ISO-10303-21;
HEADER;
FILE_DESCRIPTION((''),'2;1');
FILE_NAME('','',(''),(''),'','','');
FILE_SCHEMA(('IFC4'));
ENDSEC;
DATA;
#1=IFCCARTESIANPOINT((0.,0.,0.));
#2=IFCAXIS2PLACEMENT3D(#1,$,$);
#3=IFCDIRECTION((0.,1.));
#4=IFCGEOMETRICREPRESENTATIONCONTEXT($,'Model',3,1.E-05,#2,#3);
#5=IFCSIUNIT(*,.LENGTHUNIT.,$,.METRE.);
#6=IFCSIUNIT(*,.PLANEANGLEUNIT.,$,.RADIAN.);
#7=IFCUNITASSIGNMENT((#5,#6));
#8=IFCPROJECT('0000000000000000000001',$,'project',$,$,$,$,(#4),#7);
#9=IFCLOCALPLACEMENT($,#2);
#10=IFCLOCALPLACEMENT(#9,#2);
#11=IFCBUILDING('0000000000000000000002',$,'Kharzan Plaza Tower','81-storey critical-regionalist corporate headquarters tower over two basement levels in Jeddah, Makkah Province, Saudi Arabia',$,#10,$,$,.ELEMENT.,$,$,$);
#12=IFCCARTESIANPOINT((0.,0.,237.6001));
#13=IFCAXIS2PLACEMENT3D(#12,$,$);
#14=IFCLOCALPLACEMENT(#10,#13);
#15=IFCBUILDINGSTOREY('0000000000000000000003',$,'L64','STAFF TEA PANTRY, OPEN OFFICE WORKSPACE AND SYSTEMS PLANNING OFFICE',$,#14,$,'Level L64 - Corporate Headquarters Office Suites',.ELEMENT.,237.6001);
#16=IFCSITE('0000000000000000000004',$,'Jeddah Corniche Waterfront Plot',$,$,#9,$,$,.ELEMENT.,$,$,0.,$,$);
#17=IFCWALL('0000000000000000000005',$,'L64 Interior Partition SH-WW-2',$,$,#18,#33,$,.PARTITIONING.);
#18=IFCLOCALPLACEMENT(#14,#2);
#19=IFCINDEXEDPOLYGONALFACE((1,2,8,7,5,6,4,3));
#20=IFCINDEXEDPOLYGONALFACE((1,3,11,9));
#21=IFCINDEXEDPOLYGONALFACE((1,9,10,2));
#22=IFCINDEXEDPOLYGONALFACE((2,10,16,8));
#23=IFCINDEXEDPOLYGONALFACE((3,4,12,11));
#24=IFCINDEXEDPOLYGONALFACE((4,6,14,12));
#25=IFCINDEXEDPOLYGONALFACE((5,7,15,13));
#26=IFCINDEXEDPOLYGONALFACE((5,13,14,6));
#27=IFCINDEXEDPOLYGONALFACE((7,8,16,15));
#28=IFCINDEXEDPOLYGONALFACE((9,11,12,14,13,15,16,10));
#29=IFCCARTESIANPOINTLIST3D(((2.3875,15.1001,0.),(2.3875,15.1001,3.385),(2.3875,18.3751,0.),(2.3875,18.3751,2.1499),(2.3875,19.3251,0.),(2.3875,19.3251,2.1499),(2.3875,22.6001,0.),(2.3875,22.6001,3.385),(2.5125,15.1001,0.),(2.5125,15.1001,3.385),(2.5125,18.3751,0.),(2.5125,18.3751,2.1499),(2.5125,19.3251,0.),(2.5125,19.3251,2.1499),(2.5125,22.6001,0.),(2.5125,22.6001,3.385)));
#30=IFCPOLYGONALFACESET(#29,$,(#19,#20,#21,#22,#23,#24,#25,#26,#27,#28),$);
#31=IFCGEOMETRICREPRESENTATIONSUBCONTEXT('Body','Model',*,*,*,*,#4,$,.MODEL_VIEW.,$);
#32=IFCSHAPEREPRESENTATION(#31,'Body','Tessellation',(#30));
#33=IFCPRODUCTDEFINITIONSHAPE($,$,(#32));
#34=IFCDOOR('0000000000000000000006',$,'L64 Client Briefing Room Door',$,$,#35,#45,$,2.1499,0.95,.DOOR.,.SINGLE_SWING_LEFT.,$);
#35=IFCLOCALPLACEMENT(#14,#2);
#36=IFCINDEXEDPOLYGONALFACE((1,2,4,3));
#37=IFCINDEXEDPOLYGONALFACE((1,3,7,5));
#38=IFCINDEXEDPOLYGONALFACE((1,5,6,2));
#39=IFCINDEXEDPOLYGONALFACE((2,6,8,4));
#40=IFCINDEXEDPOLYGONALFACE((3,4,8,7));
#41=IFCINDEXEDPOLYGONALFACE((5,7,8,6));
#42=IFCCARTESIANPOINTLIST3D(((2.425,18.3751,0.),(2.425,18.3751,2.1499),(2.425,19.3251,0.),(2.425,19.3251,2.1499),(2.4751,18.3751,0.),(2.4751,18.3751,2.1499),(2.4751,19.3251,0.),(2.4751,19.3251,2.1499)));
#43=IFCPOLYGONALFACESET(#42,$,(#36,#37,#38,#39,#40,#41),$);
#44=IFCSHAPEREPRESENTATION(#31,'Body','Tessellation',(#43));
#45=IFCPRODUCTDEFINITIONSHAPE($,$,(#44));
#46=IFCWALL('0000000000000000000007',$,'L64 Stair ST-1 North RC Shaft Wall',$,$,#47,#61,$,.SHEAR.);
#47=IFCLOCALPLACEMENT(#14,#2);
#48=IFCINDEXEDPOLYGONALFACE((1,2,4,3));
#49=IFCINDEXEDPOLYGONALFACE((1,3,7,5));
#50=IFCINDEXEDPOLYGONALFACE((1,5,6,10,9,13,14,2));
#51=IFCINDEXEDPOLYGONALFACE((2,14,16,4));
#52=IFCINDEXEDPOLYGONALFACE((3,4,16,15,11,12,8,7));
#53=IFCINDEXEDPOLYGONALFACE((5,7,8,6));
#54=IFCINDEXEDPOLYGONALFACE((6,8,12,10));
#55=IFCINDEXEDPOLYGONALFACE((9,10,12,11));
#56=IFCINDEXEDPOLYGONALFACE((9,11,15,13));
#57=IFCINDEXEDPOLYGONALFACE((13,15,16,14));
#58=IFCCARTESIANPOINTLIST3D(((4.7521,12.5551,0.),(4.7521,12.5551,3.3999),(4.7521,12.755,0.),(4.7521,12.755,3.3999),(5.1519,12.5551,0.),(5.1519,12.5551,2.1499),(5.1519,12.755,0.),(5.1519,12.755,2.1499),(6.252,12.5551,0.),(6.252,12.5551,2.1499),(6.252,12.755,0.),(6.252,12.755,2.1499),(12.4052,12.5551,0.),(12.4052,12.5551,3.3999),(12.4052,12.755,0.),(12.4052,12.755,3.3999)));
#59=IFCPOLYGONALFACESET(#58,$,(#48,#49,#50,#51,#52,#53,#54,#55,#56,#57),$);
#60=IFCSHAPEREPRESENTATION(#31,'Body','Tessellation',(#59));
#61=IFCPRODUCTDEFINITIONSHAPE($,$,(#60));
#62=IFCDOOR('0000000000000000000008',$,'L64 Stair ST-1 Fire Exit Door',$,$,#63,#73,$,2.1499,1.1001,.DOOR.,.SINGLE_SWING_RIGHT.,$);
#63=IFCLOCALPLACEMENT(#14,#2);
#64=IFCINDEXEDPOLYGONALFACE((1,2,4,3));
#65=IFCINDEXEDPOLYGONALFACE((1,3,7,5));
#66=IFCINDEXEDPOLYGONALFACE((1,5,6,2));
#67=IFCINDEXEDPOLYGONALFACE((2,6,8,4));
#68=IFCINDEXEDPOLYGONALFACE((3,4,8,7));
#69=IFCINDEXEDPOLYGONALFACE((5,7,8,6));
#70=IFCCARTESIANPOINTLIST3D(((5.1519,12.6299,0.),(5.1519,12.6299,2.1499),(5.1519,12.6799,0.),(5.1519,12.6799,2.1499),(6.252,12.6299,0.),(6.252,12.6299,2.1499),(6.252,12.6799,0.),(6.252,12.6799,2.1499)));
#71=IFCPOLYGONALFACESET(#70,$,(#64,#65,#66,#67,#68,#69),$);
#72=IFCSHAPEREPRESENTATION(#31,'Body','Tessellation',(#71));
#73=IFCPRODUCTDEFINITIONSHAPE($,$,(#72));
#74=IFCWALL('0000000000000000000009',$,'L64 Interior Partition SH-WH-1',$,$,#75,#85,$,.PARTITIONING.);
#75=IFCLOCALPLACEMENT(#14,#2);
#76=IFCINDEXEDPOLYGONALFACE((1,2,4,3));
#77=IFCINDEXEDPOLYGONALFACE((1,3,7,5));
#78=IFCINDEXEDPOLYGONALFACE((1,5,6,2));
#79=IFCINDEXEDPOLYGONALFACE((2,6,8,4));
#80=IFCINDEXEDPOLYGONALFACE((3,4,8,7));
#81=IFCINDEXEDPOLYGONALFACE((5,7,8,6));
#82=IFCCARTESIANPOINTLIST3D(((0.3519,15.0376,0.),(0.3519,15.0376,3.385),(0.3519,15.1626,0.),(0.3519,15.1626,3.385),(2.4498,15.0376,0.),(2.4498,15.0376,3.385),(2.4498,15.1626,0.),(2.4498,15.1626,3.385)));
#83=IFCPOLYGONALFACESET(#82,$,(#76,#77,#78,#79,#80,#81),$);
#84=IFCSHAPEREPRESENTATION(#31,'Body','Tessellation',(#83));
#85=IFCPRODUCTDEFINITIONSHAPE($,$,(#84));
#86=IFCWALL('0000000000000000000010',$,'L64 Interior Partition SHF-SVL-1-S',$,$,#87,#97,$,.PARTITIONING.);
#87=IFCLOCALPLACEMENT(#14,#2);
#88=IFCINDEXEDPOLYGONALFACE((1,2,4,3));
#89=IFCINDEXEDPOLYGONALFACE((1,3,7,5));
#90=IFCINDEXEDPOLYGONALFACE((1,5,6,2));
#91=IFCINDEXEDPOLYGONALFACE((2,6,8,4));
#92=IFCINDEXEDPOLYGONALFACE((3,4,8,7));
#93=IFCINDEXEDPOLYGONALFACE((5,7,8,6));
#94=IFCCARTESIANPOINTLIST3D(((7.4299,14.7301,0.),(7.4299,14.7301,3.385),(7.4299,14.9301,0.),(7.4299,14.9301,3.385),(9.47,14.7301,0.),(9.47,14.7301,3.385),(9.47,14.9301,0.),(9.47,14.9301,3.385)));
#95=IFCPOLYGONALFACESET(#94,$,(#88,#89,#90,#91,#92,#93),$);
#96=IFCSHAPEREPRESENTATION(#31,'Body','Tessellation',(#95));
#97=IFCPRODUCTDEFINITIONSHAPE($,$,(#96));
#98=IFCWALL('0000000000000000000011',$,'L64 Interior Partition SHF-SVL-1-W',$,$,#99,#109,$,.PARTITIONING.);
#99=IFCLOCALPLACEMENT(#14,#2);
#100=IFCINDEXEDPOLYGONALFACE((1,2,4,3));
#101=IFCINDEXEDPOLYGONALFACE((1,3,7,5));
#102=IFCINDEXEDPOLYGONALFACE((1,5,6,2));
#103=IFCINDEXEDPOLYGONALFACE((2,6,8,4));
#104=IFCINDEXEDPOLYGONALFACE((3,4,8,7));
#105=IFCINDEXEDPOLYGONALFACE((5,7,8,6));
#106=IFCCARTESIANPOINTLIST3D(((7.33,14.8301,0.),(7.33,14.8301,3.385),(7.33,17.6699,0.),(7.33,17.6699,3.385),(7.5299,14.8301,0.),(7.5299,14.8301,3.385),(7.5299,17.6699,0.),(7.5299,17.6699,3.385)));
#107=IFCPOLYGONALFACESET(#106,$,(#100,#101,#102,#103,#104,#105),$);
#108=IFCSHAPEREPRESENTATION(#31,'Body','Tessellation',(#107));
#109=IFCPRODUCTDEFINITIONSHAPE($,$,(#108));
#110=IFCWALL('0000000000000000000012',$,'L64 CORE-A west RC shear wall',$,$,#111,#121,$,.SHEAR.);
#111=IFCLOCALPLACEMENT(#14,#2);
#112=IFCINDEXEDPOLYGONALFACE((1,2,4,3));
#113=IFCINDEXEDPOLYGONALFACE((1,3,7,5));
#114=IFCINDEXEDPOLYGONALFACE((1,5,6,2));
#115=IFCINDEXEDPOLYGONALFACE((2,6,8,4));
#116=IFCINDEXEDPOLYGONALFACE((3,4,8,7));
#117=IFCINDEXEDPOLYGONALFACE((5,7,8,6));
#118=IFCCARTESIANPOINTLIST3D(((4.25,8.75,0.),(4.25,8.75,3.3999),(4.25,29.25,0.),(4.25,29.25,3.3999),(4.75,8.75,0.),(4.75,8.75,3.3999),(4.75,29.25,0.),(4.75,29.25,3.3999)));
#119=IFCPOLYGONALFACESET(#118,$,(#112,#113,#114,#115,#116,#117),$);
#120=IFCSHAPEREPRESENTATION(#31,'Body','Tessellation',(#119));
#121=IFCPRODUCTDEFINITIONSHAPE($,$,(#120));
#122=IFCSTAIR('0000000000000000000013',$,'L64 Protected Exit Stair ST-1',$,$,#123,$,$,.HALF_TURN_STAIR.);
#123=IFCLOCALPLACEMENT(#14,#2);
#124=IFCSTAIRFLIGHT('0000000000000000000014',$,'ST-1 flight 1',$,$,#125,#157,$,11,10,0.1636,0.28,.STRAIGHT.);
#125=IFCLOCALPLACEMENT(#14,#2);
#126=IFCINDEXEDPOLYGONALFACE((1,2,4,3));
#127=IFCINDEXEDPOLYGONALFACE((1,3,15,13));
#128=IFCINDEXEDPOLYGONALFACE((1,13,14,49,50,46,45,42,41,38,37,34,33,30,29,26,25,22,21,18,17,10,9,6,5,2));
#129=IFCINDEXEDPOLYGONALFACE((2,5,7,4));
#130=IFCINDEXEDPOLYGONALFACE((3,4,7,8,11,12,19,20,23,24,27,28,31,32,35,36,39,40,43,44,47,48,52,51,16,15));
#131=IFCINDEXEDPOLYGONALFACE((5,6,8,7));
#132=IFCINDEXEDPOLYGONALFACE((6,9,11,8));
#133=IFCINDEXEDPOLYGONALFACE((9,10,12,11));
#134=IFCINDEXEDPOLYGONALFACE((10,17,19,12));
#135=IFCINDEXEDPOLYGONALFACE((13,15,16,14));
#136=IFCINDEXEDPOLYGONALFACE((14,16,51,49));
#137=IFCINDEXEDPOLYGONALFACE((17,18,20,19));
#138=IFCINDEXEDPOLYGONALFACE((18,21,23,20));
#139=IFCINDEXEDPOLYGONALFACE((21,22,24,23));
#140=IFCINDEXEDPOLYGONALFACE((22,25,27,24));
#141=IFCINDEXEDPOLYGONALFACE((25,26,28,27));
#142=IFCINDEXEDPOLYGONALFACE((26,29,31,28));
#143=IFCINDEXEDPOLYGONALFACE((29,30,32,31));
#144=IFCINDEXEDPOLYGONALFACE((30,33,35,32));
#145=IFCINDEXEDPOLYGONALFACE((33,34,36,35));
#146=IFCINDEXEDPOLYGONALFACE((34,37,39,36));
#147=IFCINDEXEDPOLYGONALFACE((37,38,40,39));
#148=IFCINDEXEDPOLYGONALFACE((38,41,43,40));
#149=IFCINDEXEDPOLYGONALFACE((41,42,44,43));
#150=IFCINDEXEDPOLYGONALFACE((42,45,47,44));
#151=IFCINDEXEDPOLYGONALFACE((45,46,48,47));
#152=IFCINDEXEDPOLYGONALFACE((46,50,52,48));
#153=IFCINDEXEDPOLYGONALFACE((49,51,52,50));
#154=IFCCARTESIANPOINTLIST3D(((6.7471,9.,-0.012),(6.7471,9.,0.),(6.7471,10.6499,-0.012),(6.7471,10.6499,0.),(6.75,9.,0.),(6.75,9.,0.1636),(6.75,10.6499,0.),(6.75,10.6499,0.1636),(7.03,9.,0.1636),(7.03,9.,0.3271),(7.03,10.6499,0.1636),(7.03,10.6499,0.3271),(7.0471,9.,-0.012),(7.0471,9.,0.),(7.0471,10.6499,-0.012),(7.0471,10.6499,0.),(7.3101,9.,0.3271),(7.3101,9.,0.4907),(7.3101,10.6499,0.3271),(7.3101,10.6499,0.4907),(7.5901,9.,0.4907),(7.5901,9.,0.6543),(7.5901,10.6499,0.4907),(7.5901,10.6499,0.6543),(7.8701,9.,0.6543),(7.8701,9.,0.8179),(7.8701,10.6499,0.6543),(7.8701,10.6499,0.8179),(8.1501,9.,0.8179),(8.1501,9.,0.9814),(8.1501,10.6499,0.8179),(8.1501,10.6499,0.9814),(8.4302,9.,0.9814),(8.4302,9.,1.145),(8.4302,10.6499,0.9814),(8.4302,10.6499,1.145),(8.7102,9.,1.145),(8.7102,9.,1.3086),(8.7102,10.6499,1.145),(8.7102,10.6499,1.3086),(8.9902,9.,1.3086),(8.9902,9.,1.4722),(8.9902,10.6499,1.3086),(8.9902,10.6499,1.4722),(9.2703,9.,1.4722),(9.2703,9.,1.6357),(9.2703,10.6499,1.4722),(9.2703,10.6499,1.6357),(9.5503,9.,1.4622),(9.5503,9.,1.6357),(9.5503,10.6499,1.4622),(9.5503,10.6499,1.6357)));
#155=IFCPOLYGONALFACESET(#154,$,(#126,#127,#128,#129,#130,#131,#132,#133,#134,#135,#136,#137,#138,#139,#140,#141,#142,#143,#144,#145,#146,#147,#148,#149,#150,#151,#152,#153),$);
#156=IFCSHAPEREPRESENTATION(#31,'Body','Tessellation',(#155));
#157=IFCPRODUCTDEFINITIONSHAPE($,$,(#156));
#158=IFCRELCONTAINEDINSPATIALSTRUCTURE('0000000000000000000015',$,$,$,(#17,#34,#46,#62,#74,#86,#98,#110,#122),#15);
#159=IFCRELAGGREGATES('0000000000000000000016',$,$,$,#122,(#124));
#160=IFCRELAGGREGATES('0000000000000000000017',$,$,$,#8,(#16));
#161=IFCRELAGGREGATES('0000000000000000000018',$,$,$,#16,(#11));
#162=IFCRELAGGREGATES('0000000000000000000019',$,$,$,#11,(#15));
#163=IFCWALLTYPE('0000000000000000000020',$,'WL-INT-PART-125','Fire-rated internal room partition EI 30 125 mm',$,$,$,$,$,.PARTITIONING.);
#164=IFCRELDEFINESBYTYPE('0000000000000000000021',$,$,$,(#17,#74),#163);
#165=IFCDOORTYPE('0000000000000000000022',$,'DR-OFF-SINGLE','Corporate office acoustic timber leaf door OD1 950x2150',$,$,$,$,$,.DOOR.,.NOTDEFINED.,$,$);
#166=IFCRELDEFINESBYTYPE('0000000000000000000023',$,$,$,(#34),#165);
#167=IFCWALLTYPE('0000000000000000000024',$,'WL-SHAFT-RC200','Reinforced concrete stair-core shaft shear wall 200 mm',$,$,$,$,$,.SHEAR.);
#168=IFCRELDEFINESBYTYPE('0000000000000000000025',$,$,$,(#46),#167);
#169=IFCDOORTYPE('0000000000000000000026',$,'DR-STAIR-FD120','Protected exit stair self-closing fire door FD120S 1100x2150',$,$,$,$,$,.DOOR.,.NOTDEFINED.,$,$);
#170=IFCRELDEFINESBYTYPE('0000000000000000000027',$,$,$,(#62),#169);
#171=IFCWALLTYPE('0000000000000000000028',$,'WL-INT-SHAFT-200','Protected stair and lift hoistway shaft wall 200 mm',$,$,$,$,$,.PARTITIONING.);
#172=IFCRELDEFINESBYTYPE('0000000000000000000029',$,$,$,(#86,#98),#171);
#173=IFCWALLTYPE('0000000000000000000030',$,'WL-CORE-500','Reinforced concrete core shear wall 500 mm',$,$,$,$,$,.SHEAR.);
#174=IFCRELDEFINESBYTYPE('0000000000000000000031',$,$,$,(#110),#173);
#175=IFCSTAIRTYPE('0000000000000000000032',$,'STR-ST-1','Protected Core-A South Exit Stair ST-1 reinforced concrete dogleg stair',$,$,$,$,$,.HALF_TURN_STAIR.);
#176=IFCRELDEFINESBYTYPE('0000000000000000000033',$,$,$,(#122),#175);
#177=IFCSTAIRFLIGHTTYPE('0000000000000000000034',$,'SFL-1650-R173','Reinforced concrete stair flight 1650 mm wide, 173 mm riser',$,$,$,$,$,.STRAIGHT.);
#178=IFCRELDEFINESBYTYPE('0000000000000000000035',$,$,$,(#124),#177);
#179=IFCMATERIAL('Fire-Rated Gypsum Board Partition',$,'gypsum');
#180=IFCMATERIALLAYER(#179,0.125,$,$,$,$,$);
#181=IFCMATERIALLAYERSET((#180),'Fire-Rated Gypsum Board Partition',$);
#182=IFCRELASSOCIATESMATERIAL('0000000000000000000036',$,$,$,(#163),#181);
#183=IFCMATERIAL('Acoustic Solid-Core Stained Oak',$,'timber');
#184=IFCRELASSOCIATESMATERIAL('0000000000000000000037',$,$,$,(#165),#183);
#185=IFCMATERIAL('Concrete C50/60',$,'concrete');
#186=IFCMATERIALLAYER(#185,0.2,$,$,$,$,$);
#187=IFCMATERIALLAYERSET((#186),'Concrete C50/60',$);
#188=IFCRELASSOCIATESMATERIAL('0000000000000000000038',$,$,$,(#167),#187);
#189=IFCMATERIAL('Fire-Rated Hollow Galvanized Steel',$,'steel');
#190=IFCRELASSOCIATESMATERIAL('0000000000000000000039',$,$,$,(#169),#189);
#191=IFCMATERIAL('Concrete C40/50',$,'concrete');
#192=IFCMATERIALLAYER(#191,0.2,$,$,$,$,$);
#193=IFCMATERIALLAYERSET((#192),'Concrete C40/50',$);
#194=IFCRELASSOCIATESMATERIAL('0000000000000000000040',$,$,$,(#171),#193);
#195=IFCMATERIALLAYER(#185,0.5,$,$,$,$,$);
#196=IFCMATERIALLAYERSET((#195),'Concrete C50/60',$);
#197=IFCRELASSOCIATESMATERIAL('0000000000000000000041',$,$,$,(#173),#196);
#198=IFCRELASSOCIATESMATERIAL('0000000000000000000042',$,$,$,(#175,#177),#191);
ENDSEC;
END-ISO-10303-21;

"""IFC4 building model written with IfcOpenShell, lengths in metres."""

from ifc_helpers import new_model, si_unit, direction, frame, frame_2d, origin, place, context, subcontext, project, spatial, polyline, rectangle, outline, extrude, source, transform, mapped, material, layer, layer_set, type_object, element, fill, aggregate, save


model = new_model("IFC4")

# Units and contexts
model_context = context("Model", 3, precision=1e-05, world=origin(), true_north=direction((0.0, 1.0)))
body_context = subcontext(model_context, "Body", "Model", "MODEL_VIEW")
ifc_project = project(units=[si_unit("LENGTHUNIT", "METRE"), si_unit("PLANEANGLEUNIT", "RADIAN")], contexts=[model_context])

# Site, building, storey
site_placement = place(None, origin())
site = spatial("IfcSite", under=ifc_project, at=site_placement, Name="Jeddah Corniche Waterfront Plot", CompositionType="ELEMENT", RefElevation=0.0)
building_placement = place(site_placement, origin())
building = spatial("IfcBuilding", under=site, at=building_placement, Name="Kharzan Plaza Tower", Description="81-storey critical-regionalist corporate headquarters tower over two basement levels in Jeddah, Makkah Province, Saudi Arabia", CompositionType="ELEMENT")
storey_placement = place(building_placement, frame((0.0, 0.0, 237.6001)))
storey = spatial("IfcBuildingStorey", under=building, at=storey_placement, Name="L64", Description="STAFF TEA PANTRY, OPEN OFFICE WORKSPACE AND SYSTEMS PLANNING OFFICE", LongName="Level L64 - Corporate Headquarters Office Suites", CompositionType="ELEMENT", Elevation=237.6001)

# Shared definitions
ifc_material_1 = material(Name="Concrete C50/60", Category="concrete")

# Shared definitions
ifc_material_2 = material(Name="Concrete C40/50", Category="concrete")

# Walls, openings, doors
ifc_material_3 = material(Name="Fire-Rated Gypsum Board Partition", Category="gypsum")
ifc_layer_1 = layer(ifc_material_3, 0.125)
ifc_layer_set_1 = layer_set([ifc_layer_1], Name="Fire-Rated Gypsum Board Partition")
wall_type_1 = type_object("IfcWallType", Name="WL-INT-PART-125", Description="Fire-rated internal room partition EI 30 125 mm", PredefinedType="PARTITIONING", material=ifc_layer_set_1)
wall_1_placement = place(storey_placement, frame((2.45, 15.1001, 0.0), z_axis=(0.0, 0.0, 1.0), x_axis=(0.0, 1.0, 0.0)))
wall_1 = element("IfcWall", 1, at=wall_1_placement, inside=storey, type_object=wall_type_1, Name="L64 Interior Partition SH-WW-2", PredefinedType="PARTITIONING", context=body_context, shape_type="SweptSolid", body=[
    extrude(rectangle(XDim=7.5, YDim=0.125, at=frame_2d((3.75, 0.0))), origin(), (0.0, 0.0, 1.0), 3.385),
])
opening_1_placement = place(wall_1_placement, frame((3.2749, 0.0, 0.0)))
opening_1 = element("IfcOpeningElement", 2, at=opening_1_placement, cuts=wall_1, PredefinedType="OPENING", context=body_context, shape_type="SweptSolid", body=[
    extrude(rectangle(XDim=0.95, YDim=2.1499, at=frame_2d((0.4751, 1.075))), frame((0.0, 0.0725, 0.0), z_axis=(0.0, -1.0, 0.0), x_axis=(1.0, 0.0, 0.0)), (0.0, 0.0, 1.0), 0.145),
])
ifc_material_4 = material(Name="Acoustic Solid-Core Stained Oak", Category="timber")
door_type_1 = type_object("IfcDoorType", Name="DR-OFF-SINGLE", Description="Corporate office acoustic timber leaf door OD1 950x2150", OperationType="NOTDEFINED", PredefinedType="DOOR", material=ifc_material_4)
shared_shape_1 = source(origin(), body_context, "Body", "SweptSolid", [
    extrude(rectangle(XDim=0.95, YDim=2.1499, at=frame_2d((0.4751, 1.075))), frame((0.0, 0.0249, 0.0), z_axis=(0.0, -1.0, 0.0), x_axis=(1.0, 0.0, 0.0)), (0.0, 0.0, 1.0), 0.05),
])
door_1_placement = place(opening_1_placement, origin())
door_1 = element("IfcDoor", 3, at=door_1_placement, inside=storey, type_object=door_type_1, Name="L64 Client Briefing Room Door", OperationType="SINGLE_SWING_LEFT", OverallHeight=2.1499, OverallWidth=0.95, PredefinedType="DOOR", context=body_context, shape_type="MappedRepresentation", body=[
    mapped(shared_shape_1, transform((0.0, 0.0, 0.0), x_axis=(1.0, 0.0, 0.0), y_axis=(0.0, 1.0, 0.0), z_axis=(0.0, 0.0, 1.0))),
])
fill(opening_1, door_1)
ifc_layer_2 = layer(ifc_material_1, 0.2)
ifc_layer_set_2 = layer_set([ifc_layer_2], Name="Concrete C50/60")
wall_type_2 = type_object("IfcWallType", Name="WL-SHAFT-RC200", Description="Reinforced concrete stair-core shaft shear wall 200 mm", PredefinedType="SHEAR", material=ifc_layer_set_2)
wall_2_placement = place(storey_placement, frame((4.752, 12.655, 0.0), z_axis=(0.0, 0.0, 1.0), x_axis=(1.0, 0.0, 0.0)))
wall_2 = element("IfcWall", 4, at=wall_2_placement, inside=storey, type_object=wall_type_2, Name="L64 Stair ST-1 North RC Shaft Wall", PredefinedType="SHEAR", context=body_context, shape_type="SweptSolid", body=[
    extrude(rectangle(XDim=7.6531, YDim=0.2, at=frame_2d((3.8267, 0.0))), origin(), (0.0, 0.0, 1.0), 3.3999),
])
opening_2_placement = place(wall_2_placement, frame((0.3999, 0.0, 0.0)))
opening_2 = element("IfcOpeningElement", 5, at=opening_2_placement, cuts=wall_2, PredefinedType="OPENING", context=body_context, shape_type="SweptSolid", body=[
    extrude(rectangle(XDim=1.1001, YDim=2.1499, at=frame_2d((0.55, 1.075))), frame((0.0, 0.1099, 0.0), z_axis=(0.0, -1.0, 0.0), x_axis=(1.0, 0.0, 0.0)), (0.0, 0.0, 1.0), 0.22),
])
ifc_material_5 = material(Name="Fire-Rated Hollow Galvanized Steel", Category="steel")
door_type_2 = type_object("IfcDoorType", Name="DR-STAIR-FD120", Description="Protected exit stair self-closing fire door FD120S 1100x2150", OperationType="NOTDEFINED", PredefinedType="DOOR", material=ifc_material_5)
shared_shape_2 = source(origin(), body_context, "Body", "SweptSolid", [
    extrude(rectangle(XDim=1.1001, YDim=2.1499, at=frame_2d((0.55, 1.075))), frame((0.0, 0.0249, 0.0), z_axis=(0.0, -1.0, 0.0), x_axis=(1.0, 0.0, 0.0)), (0.0, 0.0, 1.0), 0.05),
])
door_2_placement = place(opening_2_placement, origin())
door_2 = element("IfcDoor", 6, at=door_2_placement, inside=storey, type_object=door_type_2, Name="L64 Stair ST-1 Fire Exit Door", OperationType="SINGLE_SWING_RIGHT", OverallHeight=2.1499, OverallWidth=1.1001, PredefinedType="DOOR", context=body_context, shape_type="MappedRepresentation", body=[
    mapped(shared_shape_2, transform((0.0, 0.0, 0.0), x_axis=(1.0, 0.0, 0.0), y_axis=(0.0, 1.0, 0.0), z_axis=(0.0, 0.0, 1.0))),
])
fill(opening_2, door_2)

# Walls
shared_shape_3 = source(origin(), body_context, "Body", "SweptSolid", [
    extrude(rectangle(XDim=2.0979, YDim=0.125, at=frame_2d((1.0488, 0.0))), origin(), (0.0, 0.0, 1.0), 3.385),
])
wall_3_placement = place(storey_placement, frame((0.3521, 15.1001, 0.0), z_axis=(0.0, 0.0, 1.0), x_axis=(1.0, 0.0, 0.0)))
element("IfcWall", 7, at=wall_3_placement, inside=storey, type_object=wall_type_1, Name="L64 Interior Partition SH-WH-1", PredefinedType="PARTITIONING", context=body_context, shape_type="MappedRepresentation", body=[
    mapped(shared_shape_3, transform((0.0, 0.0, 0.0), x_axis=(1.0, 0.0, 0.0), y_axis=(0.0, 1.0, 0.0), z_axis=(0.0, 0.0, 1.0))),
])
ifc_layer_3 = layer(ifc_material_2, 0.2)
ifc_layer_set_3 = layer_set([ifc_layer_3], Name="Concrete C40/50")
wall_type_3 = type_object("IfcWallType", Name="WL-INT-SHAFT-200", Description="Protected stair and lift hoistway shaft wall 200 mm", PredefinedType="PARTITIONING", material=ifc_layer_set_3)
shared_shape_4 = source(origin(), body_context, "Body", "SweptSolid", [
    extrude(rectangle(XDim=2.04, YDim=0.2, at=frame_2d((1.02, 0.0))), origin(), (0.0, 0.0, 1.0), 3.385),
])
wall_4_placement = place(storey_placement, frame((7.4299, 14.8301, 0.0), z_axis=(0.0, 0.0, 1.0), x_axis=(1.0, 0.0, 0.0)))
element("IfcWall", 8, at=wall_4_placement, inside=storey, type_object=wall_type_3, Name="L64 Interior Partition SHF-SVL-1-S", PredefinedType="PARTITIONING", context=body_context, shape_type="MappedRepresentation", body=[
    mapped(shared_shape_4, transform((0.0, 0.0, 0.0), x_axis=(1.0, 0.0, 0.0), y_axis=(0.0, 1.0, 0.0), z_axis=(0.0, 0.0, 1.0))),
])
shared_shape_5 = source(origin(), body_context, "Body", "SweptSolid", [
    extrude(rectangle(XDim=2.8398, YDim=0.2, at=frame_2d((1.4199, 0.0))), origin(), (0.0, 0.0, 1.0), 3.385),
])
wall_5_placement = place(storey_placement, frame((7.4299, 14.8301, 0.0), z_axis=(0.0, 0.0, 1.0), x_axis=(0.0, 1.0, 0.0)))
element("IfcWall", 9, at=wall_5_placement, inside=storey, type_object=wall_type_3, Name="L64 Interior Partition SHF-SVL-1-W", PredefinedType="PARTITIONING", context=body_context, shape_type="MappedRepresentation", body=[
    mapped(shared_shape_5, transform((0.0, 0.0, 0.0), x_axis=(1.0, 0.0, 0.0), y_axis=(0.0, 1.0, 0.0), z_axis=(0.0, 0.0, 1.0))),
])
ifc_layer_4 = layer(ifc_material_1, 0.5)
ifc_layer_set_4 = layer_set([ifc_layer_4], Name="Concrete C50/60")
wall_type_4 = type_object("IfcWallType", Name="WL-CORE-500", Description="Reinforced concrete core shear wall 500 mm", PredefinedType="SHEAR", material=ifc_layer_set_4)
shared_shape_6 = source(origin(), body_context, "Body", "SweptSolid", [
    extrude(rectangle(XDim=20.5, YDim=0.5, at=frame_2d((10.25, 0.0))), origin(), (0.0, 0.0, 1.0), 3.3999),
])
wall_6_placement = place(storey_placement, frame((4.5, 8.75, 0.0), z_axis=(0.0, 0.0, 1.0), x_axis=(0.0, 1.0, 0.0)))
element("IfcWall", 10, at=wall_6_placement, inside=storey, type_object=wall_type_4, Name="L64 CORE-A west RC shear wall", PredefinedType="SHEAR", context=body_context, shape_type="MappedRepresentation", body=[
    mapped(shared_shape_6, transform((0.0, 0.0, 0.0), x_axis=(1.0, 0.0, 0.0), y_axis=(0.0, 1.0, 0.0), z_axis=(0.0, 0.0, 1.0))),
])

# Stair, stair flight
stair_type = type_object("IfcStairType", Name="STR-ST-1", Description="Protected Core-A South Exit Stair ST-1 reinforced concrete dogleg stair", PredefinedType="HALF_TURN_STAIR", material=ifc_material_2)
stair_placement = place(storey_placement, origin())
stair = element("IfcStair", 11, at=stair_placement, inside=storey, type_object=stair_type, Name="L64 Protected Exit Stair ST-1", PredefinedType="HALF_TURN_STAIR")
stair_flight_type = type_object("IfcStairFlightType", Name="SFL-1650-R173", Description="Reinforced concrete stair flight 1650 mm wide, 173 mm riser", PredefinedType="STRAIGHT", material=ifc_material_2)
shared_shape_7 = source(origin(), body_context, "Body", "SweptSolid", [
    extrude(outline(polyline([(-0.0029, -0.012), (-0.0029, 0.0), (0.0, 0.0), (0.0, 0.1636), (0.28, 0.1636), (0.28, 0.3271), (0.5601, 0.3271), (0.5601, 0.4907), (0.8401, 0.4907), (0.8401, 0.6543), (1.1201, 0.6543), (1.1201, 0.8179), (1.4001, 0.8179), (1.4001, 0.9814), (1.6802, 0.9814), (1.6802, 1.145), (1.9602, 1.145), (1.9602, 1.3086), (2.2402, 1.3086), (2.2402, 1.4722), (2.5203, 1.4722), (2.5203, 1.6357), (2.8003, 1.6357), (2.8003, 1.7993), (2.8003, 1.4622), (0.2971, 0.0), (0.2971, -0.012), (-0.0029, -0.012)])), frame((0.0, 0.825, 0.0), z_axis=(0.0, -1.0, 0.0), x_axis=(1.0, 0.0, 0.0)), (0.0, 0.0, 1.0), 1.6499),
])
stair_flight_placement = place(storey_placement, frame((6.75, 9.825, 0.0), z_axis=(0.0, 0.0, 1.0), x_axis=(1.0, 0.0, 0.0)))
stair_flight = element("IfcStairFlight", 12, at=stair_flight_placement, type_object=stair_flight_type, Name="ST-1 flight 1", NumberOfRisers=11, NumberOfTreads=10, PredefinedType="STRAIGHT", RiserHeight=0.1636, TreadLength=0.28, context=body_context, shape_type="MappedRepresentation", body=[
    mapped(shared_shape_7, transform((0.0, 0.0, 0.0), x_axis=(1.0, 0.0, 0.0), y_axis=(0.0, 1.0, 0.0), z_axis=(0.0, 0.0, 1.0))),
])
aggregate(stair, [stair_flight])

save(model, "model.ifc")
